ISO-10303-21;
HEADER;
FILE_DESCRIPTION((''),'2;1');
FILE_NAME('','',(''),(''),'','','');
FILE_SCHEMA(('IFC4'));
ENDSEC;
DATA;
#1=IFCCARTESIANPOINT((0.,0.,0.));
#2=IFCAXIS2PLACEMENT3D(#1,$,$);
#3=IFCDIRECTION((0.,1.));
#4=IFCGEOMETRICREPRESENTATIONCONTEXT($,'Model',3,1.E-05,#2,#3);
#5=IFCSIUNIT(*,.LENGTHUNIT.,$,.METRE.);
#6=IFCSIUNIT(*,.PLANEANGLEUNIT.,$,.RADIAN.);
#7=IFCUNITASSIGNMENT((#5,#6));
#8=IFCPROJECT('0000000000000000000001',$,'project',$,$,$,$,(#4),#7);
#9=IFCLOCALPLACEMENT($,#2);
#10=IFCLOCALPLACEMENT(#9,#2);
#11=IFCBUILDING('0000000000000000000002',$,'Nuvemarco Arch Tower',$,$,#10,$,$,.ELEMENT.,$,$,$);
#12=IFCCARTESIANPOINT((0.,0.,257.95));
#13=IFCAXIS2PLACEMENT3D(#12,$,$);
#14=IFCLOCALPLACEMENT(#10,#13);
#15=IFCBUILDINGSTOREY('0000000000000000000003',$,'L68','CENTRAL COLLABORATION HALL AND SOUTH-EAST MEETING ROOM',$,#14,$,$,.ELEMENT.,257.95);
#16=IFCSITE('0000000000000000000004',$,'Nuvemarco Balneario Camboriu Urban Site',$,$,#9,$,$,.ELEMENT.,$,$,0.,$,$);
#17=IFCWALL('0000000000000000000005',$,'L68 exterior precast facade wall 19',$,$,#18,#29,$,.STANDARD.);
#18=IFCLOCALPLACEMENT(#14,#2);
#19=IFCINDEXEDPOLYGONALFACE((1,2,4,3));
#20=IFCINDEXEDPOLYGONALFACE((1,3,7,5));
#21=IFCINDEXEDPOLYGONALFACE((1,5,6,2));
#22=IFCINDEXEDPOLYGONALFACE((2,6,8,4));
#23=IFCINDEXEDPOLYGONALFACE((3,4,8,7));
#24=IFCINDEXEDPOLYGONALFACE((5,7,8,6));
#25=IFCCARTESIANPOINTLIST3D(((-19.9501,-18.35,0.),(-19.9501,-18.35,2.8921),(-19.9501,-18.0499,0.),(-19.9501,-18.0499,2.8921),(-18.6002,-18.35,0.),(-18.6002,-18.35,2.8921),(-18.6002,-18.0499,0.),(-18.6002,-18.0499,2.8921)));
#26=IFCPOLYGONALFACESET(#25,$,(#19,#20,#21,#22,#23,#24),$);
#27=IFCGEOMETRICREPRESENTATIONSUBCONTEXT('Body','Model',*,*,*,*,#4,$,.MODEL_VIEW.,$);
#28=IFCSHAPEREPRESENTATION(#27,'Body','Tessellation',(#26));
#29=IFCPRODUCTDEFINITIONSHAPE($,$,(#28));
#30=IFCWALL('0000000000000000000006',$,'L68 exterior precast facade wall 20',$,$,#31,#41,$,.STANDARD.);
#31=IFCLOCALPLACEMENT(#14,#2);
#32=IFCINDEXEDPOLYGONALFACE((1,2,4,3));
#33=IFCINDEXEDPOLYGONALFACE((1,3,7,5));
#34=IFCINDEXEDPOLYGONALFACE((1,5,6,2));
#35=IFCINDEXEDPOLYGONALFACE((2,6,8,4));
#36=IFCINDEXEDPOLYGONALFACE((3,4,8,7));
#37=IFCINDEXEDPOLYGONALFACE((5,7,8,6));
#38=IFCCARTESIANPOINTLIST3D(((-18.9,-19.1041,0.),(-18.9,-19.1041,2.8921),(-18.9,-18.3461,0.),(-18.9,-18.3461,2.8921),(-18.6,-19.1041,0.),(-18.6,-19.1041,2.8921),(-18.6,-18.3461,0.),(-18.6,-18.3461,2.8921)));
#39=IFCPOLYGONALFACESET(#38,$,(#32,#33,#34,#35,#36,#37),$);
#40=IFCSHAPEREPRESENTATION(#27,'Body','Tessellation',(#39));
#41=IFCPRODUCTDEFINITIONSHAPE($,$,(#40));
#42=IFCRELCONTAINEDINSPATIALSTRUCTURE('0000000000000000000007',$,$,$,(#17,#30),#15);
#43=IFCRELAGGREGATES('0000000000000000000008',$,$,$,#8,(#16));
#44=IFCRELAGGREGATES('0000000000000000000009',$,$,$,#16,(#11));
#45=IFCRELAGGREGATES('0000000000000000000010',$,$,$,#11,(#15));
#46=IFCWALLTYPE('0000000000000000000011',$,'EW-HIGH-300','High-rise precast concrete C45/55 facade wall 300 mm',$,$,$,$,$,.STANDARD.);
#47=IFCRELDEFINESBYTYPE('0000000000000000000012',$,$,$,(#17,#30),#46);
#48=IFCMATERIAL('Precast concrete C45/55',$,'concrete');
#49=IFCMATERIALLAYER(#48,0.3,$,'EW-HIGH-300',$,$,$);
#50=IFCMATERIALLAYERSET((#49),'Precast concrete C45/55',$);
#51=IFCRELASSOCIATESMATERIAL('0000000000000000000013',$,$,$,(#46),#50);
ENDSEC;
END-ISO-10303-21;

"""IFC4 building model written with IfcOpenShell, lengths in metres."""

from ifc_helpers import new_model, si_unit, direction, frame, frame_2d, origin, place, context, subcontext, project, spatial, rectangle, extrude, material, layer, layer_set, type_object, element, save


model = new_model("IFC4")

# Units and contexts
model_context = context("Model", 3, precision=1e-05, world=origin(), true_north=direction((0.0, 1.0)))
body_context = subcontext(model_context, "Body", "Model", "MODEL_VIEW")
ifc_project = project(units=[si_unit("LENGTHUNIT", "METRE"), si_unit("PLANEANGLEUNIT", "RADIAN")], contexts=[model_context])

# Site, building, storey
site_placement = place(None, origin())
site = spatial("IfcSite", under=ifc_project, at=site_placement, Name="Nuvemarco Balneario Camboriu Urban Site", CompositionType="ELEMENT", RefElevation=0.0)
building_placement = place(site_placement, origin())
building = spatial("IfcBuilding", under=site, at=building_placement, Name="Nuvemarco Arch Tower", CompositionType="ELEMENT")
storey_placement = place(building_placement, frame((0.0, 0.0, 257.95)))
storey = spatial("IfcBuildingStorey", under=building, at=storey_placement, Name="L68", Description="CENTRAL COLLABORATION HALL AND SOUTH-EAST MEETING ROOM", CompositionType="ELEMENT", Elevation=257.95)

# Shared definitions
ifc_material_1 = material(Name="Precast concrete C45/55", Category="concrete")

# Shared definitions
ifc_layer = layer(ifc_material_1, 0.3, Name="EW-HIGH-300")
ifc_layer_set = layer_set([ifc_layer], Name="Precast concrete C45/55")
wall_type = type_object("IfcWallType", Name="EW-HIGH-300", Description="High-rise precast concrete C45/55 facade wall 300 mm", PredefinedType="STANDARD", material=ifc_layer_set)

# Walls
wall_1_placement = place(storey_placement, frame((-19.95, -18.2, 0.0), z_axis=(0.0, 0.0, 1.0), x_axis=(1.0, 0.0, 0.0)))
element("IfcWall", 1, at=wall_1_placement, inside=storey, type_object=wall_type, Name="L68 exterior precast facade wall 19", PredefinedType="STANDARD", context=body_context, shape_type="SweptSolid", body=[
    extrude(rectangle(XDim=1.3499, YDim=0.3, at=frame_2d((0.6748, 0.0))), origin(), (0.0, 0.0, 1.0), 2.8921),
])
wall_2_placement = place(storey_placement, frame((-18.75, -19.104, 0.0), z_axis=(0.0, 0.0, 1.0), x_axis=(0.0, 1.0, 0.0)))
element("IfcWall", 2, at=wall_2_placement, inside=storey, type_object=wall_type, Name="L68 exterior precast facade wall 20", PredefinedType="STANDARD", context=body_context, shape_type="SweptSolid", body=[
    extrude(rectangle(XDim=0.7581, YDim=0.3, at=frame_2d((0.3789, 0.0))), origin(), (0.0, 0.0, 1.0), 2.8921),
])

save(model, "model.ifc")
